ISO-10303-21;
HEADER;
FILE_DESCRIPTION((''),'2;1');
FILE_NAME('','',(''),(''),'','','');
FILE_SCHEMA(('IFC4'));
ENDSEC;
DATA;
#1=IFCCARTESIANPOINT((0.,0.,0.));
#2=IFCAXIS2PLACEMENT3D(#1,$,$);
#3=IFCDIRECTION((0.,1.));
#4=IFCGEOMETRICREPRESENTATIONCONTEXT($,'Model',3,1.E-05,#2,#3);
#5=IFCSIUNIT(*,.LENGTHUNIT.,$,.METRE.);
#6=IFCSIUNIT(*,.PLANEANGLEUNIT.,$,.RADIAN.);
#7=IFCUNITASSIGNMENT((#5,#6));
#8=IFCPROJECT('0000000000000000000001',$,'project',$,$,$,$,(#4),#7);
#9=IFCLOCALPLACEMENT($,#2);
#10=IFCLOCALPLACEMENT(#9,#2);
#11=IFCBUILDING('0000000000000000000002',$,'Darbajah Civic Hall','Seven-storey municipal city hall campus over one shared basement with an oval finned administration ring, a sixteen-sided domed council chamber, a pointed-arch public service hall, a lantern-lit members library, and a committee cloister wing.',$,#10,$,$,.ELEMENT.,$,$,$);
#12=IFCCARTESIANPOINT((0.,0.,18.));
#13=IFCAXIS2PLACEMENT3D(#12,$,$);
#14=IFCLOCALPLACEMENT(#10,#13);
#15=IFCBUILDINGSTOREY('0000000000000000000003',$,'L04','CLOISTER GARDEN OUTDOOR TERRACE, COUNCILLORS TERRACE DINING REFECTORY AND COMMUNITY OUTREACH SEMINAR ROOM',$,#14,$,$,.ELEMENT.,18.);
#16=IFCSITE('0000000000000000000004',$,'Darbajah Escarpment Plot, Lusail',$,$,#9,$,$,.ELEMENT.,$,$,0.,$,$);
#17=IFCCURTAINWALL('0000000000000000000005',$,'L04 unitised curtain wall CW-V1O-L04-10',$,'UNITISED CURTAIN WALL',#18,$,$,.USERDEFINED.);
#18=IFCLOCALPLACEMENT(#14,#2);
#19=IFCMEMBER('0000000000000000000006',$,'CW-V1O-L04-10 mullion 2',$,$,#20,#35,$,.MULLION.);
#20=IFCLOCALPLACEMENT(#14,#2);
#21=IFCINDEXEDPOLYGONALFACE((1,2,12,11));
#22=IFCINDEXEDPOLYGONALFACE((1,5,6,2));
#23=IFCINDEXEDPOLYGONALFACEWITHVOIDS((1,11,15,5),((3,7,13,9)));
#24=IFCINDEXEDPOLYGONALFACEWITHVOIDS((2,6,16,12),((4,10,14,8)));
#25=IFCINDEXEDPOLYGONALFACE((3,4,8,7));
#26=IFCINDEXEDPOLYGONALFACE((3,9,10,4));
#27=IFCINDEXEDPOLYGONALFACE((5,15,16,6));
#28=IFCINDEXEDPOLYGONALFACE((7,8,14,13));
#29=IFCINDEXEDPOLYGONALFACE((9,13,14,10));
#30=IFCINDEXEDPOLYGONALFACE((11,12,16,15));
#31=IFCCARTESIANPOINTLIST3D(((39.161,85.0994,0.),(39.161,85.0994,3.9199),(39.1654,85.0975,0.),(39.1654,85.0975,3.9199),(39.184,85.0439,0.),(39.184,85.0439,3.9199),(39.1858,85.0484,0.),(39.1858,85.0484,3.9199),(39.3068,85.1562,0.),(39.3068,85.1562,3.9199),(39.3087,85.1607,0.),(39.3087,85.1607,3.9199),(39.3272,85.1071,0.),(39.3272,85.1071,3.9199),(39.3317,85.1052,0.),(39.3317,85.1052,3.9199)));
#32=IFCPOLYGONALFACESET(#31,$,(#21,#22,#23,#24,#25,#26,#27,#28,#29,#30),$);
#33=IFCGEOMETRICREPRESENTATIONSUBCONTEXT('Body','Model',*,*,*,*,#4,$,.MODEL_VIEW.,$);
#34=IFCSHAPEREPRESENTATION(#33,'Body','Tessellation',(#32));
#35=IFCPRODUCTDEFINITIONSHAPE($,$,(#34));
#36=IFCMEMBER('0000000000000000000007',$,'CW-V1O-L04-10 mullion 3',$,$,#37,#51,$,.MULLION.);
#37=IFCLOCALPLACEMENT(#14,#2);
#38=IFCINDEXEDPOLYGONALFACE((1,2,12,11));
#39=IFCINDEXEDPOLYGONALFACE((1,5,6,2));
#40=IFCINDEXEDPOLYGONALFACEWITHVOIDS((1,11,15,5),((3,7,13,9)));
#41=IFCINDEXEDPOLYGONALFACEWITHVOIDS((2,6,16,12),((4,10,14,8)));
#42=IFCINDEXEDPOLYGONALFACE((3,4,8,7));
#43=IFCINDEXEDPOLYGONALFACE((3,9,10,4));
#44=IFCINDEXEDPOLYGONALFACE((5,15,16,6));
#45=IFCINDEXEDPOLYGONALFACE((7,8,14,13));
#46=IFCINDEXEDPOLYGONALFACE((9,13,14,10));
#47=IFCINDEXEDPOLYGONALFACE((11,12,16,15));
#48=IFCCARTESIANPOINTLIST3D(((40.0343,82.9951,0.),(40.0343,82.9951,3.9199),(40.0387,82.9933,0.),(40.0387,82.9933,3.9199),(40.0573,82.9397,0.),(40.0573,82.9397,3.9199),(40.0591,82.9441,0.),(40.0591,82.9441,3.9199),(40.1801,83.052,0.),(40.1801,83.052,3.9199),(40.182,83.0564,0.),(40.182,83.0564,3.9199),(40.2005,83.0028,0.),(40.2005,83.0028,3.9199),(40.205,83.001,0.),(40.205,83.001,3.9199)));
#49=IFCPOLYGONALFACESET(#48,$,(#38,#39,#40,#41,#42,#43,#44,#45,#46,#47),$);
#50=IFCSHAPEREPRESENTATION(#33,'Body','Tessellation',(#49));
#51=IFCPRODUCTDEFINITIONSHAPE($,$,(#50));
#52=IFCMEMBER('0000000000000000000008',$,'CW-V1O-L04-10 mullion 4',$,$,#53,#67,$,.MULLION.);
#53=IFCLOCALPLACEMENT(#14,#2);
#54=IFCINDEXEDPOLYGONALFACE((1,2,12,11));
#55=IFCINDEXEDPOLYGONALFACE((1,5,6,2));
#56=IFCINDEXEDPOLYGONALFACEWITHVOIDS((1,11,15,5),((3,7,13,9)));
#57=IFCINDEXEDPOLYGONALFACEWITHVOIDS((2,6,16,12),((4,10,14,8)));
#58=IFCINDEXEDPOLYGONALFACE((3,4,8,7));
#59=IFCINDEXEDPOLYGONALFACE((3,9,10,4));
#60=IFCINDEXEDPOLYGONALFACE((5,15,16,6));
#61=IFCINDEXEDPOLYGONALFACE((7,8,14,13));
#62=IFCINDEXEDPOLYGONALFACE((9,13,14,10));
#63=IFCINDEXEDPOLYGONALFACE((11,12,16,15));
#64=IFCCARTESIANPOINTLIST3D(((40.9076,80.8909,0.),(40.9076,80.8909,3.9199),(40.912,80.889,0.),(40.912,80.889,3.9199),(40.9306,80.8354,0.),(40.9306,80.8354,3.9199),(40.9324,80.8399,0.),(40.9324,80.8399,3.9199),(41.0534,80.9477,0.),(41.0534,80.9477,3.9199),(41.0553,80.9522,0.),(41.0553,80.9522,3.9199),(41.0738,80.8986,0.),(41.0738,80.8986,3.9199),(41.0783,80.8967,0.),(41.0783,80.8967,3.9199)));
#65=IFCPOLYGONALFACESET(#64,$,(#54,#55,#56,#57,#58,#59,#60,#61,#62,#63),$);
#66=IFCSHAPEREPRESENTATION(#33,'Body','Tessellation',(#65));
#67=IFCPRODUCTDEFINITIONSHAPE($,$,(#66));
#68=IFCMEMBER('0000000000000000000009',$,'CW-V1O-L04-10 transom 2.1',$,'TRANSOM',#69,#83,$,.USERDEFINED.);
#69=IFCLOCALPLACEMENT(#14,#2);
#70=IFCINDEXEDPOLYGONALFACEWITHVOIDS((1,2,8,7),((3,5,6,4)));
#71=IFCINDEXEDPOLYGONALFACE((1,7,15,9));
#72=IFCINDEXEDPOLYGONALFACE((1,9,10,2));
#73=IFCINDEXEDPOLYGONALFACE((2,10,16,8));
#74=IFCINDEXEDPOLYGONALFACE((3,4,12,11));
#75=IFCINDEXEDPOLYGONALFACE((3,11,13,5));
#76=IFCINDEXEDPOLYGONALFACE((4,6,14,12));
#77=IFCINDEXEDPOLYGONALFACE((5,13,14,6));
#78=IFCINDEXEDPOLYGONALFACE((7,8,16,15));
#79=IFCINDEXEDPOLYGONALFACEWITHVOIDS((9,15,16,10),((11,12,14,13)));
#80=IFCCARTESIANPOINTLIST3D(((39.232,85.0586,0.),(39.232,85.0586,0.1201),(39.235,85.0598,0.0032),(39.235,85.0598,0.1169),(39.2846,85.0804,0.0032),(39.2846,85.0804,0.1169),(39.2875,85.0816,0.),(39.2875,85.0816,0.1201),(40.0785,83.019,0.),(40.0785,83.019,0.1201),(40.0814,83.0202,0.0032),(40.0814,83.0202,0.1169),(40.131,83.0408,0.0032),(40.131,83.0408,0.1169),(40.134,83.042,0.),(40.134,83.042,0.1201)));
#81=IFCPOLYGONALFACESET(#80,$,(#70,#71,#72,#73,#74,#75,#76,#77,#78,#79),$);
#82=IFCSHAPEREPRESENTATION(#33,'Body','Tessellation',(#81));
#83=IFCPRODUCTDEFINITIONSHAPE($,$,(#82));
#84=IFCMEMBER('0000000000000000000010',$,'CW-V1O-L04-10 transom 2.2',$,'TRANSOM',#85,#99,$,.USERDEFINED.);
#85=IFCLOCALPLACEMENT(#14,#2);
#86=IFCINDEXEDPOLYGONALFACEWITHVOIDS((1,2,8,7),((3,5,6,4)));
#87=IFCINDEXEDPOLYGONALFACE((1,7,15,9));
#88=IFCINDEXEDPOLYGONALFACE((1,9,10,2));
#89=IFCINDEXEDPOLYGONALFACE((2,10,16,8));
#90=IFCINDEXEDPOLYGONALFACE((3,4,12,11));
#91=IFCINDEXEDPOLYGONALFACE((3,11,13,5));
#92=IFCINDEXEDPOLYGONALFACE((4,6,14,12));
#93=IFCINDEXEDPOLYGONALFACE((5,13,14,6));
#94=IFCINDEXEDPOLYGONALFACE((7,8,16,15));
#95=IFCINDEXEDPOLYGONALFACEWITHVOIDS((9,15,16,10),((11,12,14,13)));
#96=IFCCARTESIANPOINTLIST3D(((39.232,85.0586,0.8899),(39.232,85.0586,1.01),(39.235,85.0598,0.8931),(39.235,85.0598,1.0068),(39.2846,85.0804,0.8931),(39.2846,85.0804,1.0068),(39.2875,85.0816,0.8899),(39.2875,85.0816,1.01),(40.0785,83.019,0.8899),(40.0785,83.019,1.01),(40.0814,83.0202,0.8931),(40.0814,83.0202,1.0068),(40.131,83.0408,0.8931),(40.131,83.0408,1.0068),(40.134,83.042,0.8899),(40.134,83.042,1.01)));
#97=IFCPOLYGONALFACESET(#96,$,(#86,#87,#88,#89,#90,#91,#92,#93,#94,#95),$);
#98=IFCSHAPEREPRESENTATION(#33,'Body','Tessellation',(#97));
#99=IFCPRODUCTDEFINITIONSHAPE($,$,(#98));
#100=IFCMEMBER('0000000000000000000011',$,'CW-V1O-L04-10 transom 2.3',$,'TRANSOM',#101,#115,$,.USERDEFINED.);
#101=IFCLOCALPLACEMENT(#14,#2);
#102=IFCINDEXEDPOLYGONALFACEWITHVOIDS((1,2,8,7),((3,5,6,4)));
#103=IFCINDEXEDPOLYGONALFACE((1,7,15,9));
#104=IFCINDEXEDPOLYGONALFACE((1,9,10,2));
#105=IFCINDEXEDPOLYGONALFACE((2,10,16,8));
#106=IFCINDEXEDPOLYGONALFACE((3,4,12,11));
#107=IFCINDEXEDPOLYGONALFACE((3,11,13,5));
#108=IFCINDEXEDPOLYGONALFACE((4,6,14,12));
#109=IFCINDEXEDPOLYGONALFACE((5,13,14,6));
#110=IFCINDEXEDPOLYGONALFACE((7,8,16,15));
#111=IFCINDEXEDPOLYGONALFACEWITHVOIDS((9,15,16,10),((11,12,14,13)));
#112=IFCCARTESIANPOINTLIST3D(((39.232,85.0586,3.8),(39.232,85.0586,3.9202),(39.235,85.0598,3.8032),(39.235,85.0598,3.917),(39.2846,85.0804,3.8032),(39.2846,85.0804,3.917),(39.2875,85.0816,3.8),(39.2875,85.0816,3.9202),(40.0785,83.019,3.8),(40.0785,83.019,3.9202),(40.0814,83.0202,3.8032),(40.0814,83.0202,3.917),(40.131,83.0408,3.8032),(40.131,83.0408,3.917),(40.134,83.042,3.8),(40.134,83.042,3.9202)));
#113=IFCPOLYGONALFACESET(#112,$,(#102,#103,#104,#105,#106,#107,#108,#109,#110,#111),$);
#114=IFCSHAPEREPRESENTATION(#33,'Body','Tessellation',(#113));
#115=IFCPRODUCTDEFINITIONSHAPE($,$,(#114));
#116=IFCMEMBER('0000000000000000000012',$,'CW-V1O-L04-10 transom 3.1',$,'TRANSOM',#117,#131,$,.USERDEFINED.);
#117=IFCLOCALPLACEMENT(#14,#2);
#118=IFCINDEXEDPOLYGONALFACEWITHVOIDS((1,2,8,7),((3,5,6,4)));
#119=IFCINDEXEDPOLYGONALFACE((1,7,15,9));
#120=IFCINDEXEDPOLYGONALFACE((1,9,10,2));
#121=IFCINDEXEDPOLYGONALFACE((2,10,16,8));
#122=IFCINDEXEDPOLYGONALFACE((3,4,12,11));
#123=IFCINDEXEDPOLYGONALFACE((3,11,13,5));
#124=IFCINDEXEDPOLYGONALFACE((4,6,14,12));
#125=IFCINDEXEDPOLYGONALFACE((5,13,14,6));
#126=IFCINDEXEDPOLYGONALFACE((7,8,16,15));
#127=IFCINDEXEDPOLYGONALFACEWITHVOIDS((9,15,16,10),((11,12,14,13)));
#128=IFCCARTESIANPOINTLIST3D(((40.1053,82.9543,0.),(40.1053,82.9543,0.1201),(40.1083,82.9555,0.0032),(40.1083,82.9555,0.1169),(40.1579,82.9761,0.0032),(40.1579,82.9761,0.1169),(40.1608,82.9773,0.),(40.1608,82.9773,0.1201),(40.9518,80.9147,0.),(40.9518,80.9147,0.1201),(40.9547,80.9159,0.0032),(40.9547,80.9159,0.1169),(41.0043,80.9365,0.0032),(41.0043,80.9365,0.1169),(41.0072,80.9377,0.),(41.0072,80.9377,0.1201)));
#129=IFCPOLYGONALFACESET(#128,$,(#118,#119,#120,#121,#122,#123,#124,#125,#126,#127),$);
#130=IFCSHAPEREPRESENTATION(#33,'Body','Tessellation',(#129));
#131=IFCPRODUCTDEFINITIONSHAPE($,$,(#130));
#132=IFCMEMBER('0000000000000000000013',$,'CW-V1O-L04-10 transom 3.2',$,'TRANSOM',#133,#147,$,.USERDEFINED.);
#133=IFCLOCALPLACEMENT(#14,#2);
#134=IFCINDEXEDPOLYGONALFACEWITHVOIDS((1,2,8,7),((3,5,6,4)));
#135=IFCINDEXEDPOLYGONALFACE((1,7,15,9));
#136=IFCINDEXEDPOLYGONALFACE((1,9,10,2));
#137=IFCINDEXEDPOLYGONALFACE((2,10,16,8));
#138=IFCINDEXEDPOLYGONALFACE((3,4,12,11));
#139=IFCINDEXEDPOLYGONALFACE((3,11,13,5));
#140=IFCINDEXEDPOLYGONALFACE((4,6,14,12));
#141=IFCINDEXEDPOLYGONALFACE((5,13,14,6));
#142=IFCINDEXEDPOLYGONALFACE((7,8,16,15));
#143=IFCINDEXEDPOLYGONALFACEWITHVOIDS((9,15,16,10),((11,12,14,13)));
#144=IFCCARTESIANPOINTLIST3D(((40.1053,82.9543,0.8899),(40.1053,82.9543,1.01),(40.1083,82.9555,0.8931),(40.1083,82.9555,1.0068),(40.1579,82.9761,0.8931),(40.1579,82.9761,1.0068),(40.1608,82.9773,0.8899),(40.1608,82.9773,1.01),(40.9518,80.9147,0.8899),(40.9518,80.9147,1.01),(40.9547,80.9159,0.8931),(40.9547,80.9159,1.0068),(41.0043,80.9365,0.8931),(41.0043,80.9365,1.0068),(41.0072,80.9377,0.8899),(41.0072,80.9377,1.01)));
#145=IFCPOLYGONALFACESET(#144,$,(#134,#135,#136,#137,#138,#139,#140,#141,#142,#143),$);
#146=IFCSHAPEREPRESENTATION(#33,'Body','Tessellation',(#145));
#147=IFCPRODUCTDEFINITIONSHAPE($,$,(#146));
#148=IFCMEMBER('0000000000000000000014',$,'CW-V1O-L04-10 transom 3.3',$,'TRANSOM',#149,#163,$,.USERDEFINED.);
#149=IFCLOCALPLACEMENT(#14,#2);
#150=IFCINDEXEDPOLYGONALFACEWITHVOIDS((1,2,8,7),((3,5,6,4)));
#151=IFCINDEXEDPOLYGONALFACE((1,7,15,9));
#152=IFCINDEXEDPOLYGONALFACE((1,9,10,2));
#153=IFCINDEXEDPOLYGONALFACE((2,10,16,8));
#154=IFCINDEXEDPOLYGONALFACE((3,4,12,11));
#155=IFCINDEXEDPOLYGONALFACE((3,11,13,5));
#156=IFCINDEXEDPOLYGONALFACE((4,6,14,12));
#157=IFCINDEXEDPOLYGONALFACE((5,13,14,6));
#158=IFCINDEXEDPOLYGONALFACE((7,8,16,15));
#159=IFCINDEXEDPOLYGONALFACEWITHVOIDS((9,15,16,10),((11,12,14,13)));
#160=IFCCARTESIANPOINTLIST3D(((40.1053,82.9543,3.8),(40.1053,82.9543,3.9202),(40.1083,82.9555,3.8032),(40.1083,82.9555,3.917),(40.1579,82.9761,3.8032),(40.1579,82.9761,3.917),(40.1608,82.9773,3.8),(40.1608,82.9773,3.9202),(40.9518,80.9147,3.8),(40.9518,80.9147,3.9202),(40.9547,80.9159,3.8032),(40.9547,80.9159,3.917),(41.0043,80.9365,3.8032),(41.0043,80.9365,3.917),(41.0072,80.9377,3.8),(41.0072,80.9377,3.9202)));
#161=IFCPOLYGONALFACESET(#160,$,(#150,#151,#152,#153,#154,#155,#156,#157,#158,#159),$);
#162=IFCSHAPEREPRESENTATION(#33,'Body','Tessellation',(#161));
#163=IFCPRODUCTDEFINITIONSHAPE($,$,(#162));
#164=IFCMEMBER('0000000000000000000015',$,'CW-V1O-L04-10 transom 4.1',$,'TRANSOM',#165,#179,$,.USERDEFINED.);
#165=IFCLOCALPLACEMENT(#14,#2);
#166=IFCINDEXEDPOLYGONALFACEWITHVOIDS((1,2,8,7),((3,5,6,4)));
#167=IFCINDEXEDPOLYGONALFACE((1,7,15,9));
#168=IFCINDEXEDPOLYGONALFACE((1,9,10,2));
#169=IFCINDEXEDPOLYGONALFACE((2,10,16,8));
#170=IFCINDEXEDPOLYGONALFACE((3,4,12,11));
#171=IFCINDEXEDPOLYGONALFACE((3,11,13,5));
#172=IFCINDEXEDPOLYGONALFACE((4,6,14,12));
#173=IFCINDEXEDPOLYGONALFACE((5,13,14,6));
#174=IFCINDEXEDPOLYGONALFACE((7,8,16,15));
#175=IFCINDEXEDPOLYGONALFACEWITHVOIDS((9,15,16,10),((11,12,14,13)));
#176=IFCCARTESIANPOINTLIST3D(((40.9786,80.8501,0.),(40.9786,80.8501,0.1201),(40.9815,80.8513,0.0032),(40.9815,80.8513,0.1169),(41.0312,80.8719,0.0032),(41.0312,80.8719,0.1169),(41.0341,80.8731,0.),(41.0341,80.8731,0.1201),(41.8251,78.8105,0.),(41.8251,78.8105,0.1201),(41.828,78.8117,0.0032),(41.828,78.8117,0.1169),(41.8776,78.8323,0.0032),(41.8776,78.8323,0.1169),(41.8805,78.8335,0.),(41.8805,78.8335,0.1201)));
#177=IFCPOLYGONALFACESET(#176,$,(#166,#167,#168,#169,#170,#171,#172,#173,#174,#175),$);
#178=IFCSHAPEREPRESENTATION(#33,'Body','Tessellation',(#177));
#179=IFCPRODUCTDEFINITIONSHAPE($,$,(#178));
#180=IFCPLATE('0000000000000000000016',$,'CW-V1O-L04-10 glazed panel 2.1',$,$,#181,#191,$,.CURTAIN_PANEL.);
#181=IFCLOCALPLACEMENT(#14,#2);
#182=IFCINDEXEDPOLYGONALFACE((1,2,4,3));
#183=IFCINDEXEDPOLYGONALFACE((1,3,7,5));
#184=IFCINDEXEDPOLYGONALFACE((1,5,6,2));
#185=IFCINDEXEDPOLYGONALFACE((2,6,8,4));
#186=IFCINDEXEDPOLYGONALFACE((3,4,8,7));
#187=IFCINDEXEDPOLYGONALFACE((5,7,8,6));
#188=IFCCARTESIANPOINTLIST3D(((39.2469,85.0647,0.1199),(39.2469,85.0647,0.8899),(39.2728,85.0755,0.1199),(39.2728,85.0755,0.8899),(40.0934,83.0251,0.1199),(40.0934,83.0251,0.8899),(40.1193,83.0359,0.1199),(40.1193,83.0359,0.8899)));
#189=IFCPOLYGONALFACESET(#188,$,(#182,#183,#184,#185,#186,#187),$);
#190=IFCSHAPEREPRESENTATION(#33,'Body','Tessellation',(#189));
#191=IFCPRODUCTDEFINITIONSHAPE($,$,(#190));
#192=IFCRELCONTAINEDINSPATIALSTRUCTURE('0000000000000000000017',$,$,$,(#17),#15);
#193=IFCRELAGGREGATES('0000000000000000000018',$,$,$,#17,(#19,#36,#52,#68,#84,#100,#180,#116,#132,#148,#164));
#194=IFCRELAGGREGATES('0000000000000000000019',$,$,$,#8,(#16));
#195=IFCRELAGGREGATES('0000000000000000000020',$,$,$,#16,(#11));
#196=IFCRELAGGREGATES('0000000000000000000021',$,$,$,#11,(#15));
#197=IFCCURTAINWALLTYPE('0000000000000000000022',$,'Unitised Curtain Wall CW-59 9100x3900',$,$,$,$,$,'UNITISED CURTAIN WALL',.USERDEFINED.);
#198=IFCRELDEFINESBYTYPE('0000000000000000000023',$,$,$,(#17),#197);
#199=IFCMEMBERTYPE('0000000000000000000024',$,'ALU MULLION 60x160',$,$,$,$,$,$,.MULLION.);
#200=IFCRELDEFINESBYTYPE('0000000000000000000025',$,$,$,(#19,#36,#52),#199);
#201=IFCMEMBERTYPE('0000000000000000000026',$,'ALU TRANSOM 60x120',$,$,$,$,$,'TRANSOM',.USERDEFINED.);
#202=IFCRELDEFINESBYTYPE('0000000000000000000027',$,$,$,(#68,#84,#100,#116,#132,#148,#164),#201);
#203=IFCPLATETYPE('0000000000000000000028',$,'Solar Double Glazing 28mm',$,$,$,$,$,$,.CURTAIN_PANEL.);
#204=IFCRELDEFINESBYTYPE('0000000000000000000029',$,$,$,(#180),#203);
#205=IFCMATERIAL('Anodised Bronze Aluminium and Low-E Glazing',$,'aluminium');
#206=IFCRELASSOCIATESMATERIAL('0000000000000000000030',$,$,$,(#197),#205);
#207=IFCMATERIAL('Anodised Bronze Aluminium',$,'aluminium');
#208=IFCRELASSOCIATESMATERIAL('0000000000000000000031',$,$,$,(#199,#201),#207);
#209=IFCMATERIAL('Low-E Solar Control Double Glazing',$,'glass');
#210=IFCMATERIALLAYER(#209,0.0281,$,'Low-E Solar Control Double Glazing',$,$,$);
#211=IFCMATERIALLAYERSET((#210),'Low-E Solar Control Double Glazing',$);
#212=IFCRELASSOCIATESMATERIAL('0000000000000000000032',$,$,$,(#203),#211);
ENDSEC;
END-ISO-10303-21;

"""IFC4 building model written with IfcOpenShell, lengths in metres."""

from ifc_helpers import new_model, si_unit, direction, frame, origin, origin_2d, place, context, subcontext, project, spatial, rectangle, hollow_rectangle, extrude, material, layer, layer_set, material_profile, profile_set, type_object, element, aggregate, save


model = new_model("IFC4")

# Units and contexts
model_context = context("Model", 3, precision=1e-05, world=origin(), true_north=direction((0.0, 1.0)))
body_context = subcontext(model_context, "Body", "Model", "MODEL_VIEW")
ifc_project = project(units=[si_unit("LENGTHUNIT", "METRE"), si_unit("PLANEANGLEUNIT", "RADIAN")], contexts=[model_context])

# Site, building, storey
site_placement = place(None, origin())
site = spatial("IfcSite", under=ifc_project, at=site_placement, Name="Darbajah Escarpment Plot, Lusail", CompositionType="ELEMENT", RefElevation=0.0)
building_placement = place(site_placement, origin())
building = spatial("IfcBuilding", under=site, at=building_placement, Name="Darbajah Civic Hall", Description="Seven-storey municipal city hall campus over one shared basement with an oval finned administration ring, a sixteen-sided domed council chamber, a pointed-arch public service hall, a lantern-lit members library, and a committee cloister wing.", CompositionType="ELEMENT")
storey_placement = place(building_placement, frame((0.0, 0.0, 18.0)))
storey = spatial("IfcBuildingStorey", under=building, at=storey_placement, Name="L04", Description="CLOISTER GARDEN OUTDOOR TERRACE, COUNCILLORS TERRACE DINING REFECTORY AND COMMUNITY OUTREACH SEMINAR ROOM", CompositionType="ELEMENT", Elevation=18.0)

# Curtain wall, members, plate
ifc_material_1 = material(Name="Anodised Bronze Aluminium and Low-E Glazing", Category="aluminium")
curtain_wall_type = type_object("IfcCurtainWallType", Name="Unitised Curtain Wall CW-59 9100x3900", ElementType="UNITISED CURTAIN WALL", PredefinedType="USERDEFINED", material=ifc_material_1)
curtain_wall_placement = place(storey_placement, origin())
curtain_wall = element("IfcCurtainWall", 1, at=curtain_wall_placement, inside=storey, type_object=curtain_wall_type, Name="L04 unitised curtain wall CW-V1O-L04-10", ObjectType="UNITISED CURTAIN WALL", PredefinedType="USERDEFINED")
ifc_material_2 = material(Name="Anodised Bronze Aluminium", Category="aluminium")
ifc_material_profile_1 = material_profile(ifc_material_2, hollow_rectangle(XDim=0.0601, YDim=0.1599, WallThickness=0.0034, at=origin_2d()), Name="ALU MULLION 60x160")
ifc_profile_set_1 = profile_set([ifc_material_profile_1], Name="Anodised Bronze Aluminium")
member_type_1 = type_object("IfcMemberType", Name="ALU MULLION 60x160", PredefinedType="MULLION", material=ifc_profile_set_1)
member_1_placement = place(storey_placement, frame((39.2463, 85.1023, 0.0), z_axis=(0.0, 0.0, 1.0), x_axis=(0.383328, -0.923612, 0.0)))
member_1 = element("IfcMember", 2, at=member_1_placement, type_object=member_type_1, Name="CW-V1O-L04-10 mullion 2", PredefinedType="MULLION", context=body_context, shape_type="SweptSolid", body=[
    extrude(hollow_rectangle(XDim=0.0601, YDim=0.1599, WallThickness=0.0034, at=origin_2d()), origin(), (0.0, 0.0, 1.0), 3.9199),
])
member_2_placement = place(storey_placement, frame((40.1196, 82.998, 0.0), z_axis=(0.0, 0.0, 1.0), x_axis=(0.383328, -0.923612, 0.0)))
member_2 = element("IfcMember", 3, at=member_2_placement, type_object=member_type_1, Name="CW-V1O-L04-10 mullion 3", PredefinedType="MULLION", context=body_context, shape_type="SweptSolid", body=[
    extrude(hollow_rectangle(XDim=0.0601, YDim=0.1599, WallThickness=0.0034, at=origin_2d()), origin(), (0.0, 0.0, 1.0), 3.9199),
])
member_3_placement = place(storey_placement, frame((40.9929, 80.8938, 0.0), z_axis=(0.0, 0.0, 1.0), x_axis=(0.383328, -0.923612, 0.0)))
member_3 = element("IfcMember", 4, at=member_3_placement, type_object=member_type_1, Name="CW-V1O-L04-10 mullion 4", PredefinedType="MULLION", context=body_context, shape_type="SweptSolid", body=[
    extrude(hollow_rectangle(XDim=0.0601, YDim=0.1599, WallThickness=0.0034, at=origin_2d()), origin(), (0.0, 0.0, 1.0), 3.9199),
])
ifc_material_profile_2 = material_profile(ifc_material_2, hollow_rectangle(XDim=0.0601, YDim=0.1201, WallThickness=0.0032, at=origin_2d()), Name="ALU TRANSOM 60x120")
ifc_profile_set_2 = profile_set([ifc_material_profile_2], Name="Anodised Bronze Aluminium")
member_type_2 = type_object("IfcMemberType", Name="ALU TRANSOM 60x120", ElementType="TRANSOM", PredefinedType="USERDEFINED", material=ifc_profile_set_2)
member_4_placement = place(storey_placement, frame((39.2598, 85.0701, 0.0601), z_axis=(0.383312, -0.923619, 0.0), x_axis=(0.923619, 0.383312, 0.0)))
member_4 = element("IfcMember", 5, at=member_4_placement, type_object=member_type_2, Name="CW-V1O-L04-10 transom 2.1", ObjectType="TRANSOM", PredefinedType="USERDEFINED", context=body_context, shape_type="SweptSolid", body=[
    extrude(hollow_rectangle(XDim=0.0601, YDim=0.1201, WallThickness=0.0032, at=origin_2d()), origin(), (0.0, 0.0, 1.0), 2.2083),
])
member_5_placement = place(storey_placement, frame((39.2598, 85.0701, 0.95), z_axis=(0.383312, -0.923619, 0.0), x_axis=(0.923619, 0.383312, 0.0)))
member_5 = element("IfcMember", 6, at=member_5_placement, type_object=member_type_2, Name="CW-V1O-L04-10 transom 2.2", ObjectType="TRANSOM", PredefinedType="USERDEFINED", context=body_context, shape_type="SweptSolid", body=[
    extrude(hollow_rectangle(XDim=0.0601, YDim=0.1201, WallThickness=0.0032, at=origin_2d()), origin(), (0.0, 0.0, 1.0), 2.2083),
])
member_6_placement = place(storey_placement, frame((39.2598, 85.0701, 3.8601), z_axis=(0.383312, -0.923619, 0.0), x_axis=(0.923619, 0.383312, 0.0)))
member_6 = element("IfcMember", 7, at=member_6_placement, type_object=member_type_2, Name="CW-V1O-L04-10 transom 2.3", ObjectType="TRANSOM", PredefinedType="USERDEFINED", context=body_context, shape_type="SweptSolid", body=[
    extrude(hollow_rectangle(XDim=0.0601, YDim=0.1201, WallThickness=0.0032, at=origin_2d()), origin(), (0.0, 0.0, 1.0), 2.2083),
])
member_7_placement = place(storey_placement, frame((40.1331, 82.9658, 0.0601), z_axis=(0.383312, -0.923619, 0.0), x_axis=(0.923619, 0.383312, 0.0)))
member_7 = element("IfcMember", 8, at=member_7_placement, type_object=member_type_2, Name="CW-V1O-L04-10 transom 3.1", ObjectType="TRANSOM", PredefinedType="USERDEFINED", context=body_context, shape_type="SweptSolid", body=[
    extrude(hollow_rectangle(XDim=0.0601, YDim=0.1201, WallThickness=0.0032, at=origin_2d()), origin(), (0.0, 0.0, 1.0), 2.2083),
])
member_8_placement = place(storey_placement, frame((40.1331, 82.9658, 0.95), z_axis=(0.383312, -0.923619, 0.0), x_axis=(0.923619, 0.383312, 0.0)))
member_8 = element("IfcMember", 9, at=member_8_placement, type_object=member_type_2, Name="CW-V1O-L04-10 transom 3.2", ObjectType="TRANSOM", PredefinedType="USERDEFINED", context=body_context, shape_type="SweptSolid", body=[
    extrude(hollow_rectangle(XDim=0.0601, YDim=0.1201, WallThickness=0.0032, at=origin_2d()), origin(), (0.0, 0.0, 1.0), 2.2083),
])
member_9_placement = place(storey_placement, frame((40.1331, 82.9658, 3.8601), z_axis=(0.383312, -0.923619, 0.0), x_axis=(0.923619, 0.383312, 0.0)))
member_9 = element("IfcMember", 10, at=member_9_placement, type_object=member_type_2, Name="CW-V1O-L04-10 transom 3.3", ObjectType="TRANSOM", PredefinedType="USERDEFINED", context=body_context, shape_type="SweptSolid", body=[
    extrude(hollow_rectangle(XDim=0.0601, YDim=0.1201, WallThickness=0.0032, at=origin_2d()), origin(), (0.0, 0.0, 1.0), 2.2083),
])
member_10_placement = place(storey_placement, frame((41.0063, 80.8616, 0.0601), z_axis=(0.383312, -0.923619, 0.0), x_axis=(0.923619, 0.383312, 0.0)))
member_10 = element("IfcMember", 11, at=member_10_placement, type_object=member_type_2, Name="CW-V1O-L04-10 transom 4.1", ObjectType="TRANSOM", PredefinedType="USERDEFINED", context=body_context, shape_type="SweptSolid", body=[
    extrude(hollow_rectangle(XDim=0.0601, YDim=0.1201, WallThickness=0.0032, at=origin_2d()), origin(), (0.0, 0.0, 1.0), 2.2083),
])
ifc_material_3 = material(Name="Low-E Solar Control Double Glazing", Category="glass")
ifc_layer = layer(ifc_material_3, 0.0281, Name="Low-E Solar Control Double Glazing")
ifc_layer_set = layer_set([ifc_layer], Name="Low-E Solar Control Double Glazing")
plate_type = type_object("IfcPlateType", Name="Solar Double Glazing 28mm", PredefinedType="CURTAIN_PANEL", material=ifc_layer_set)
plate_1_placement = place(storey_placement, frame((39.6831, 84.0503, 0.1199), z_axis=(0.0, 0.0, 1.0), x_axis=(0.383328, -0.923612, 0.0)))
plate_1 = element("IfcPlate", 12, at=plate_1_placement, type_object=plate_type, Name="CW-V1O-L04-10 glazed panel 2.1", PredefinedType="CURTAIN_PANEL", context=body_context, shape_type="SweptSolid", body=[
    extrude(rectangle(XDim=2.2083, YDim=0.0281, at=origin_2d()), origin(), (0.0, 0.0, 1.0), 0.77),
])
aggregate(curtain_wall, [member_1, member_2, member_3, member_4, member_5, member_6, plate_1, member_7, member_8, member_9, member_10])

save(model, "model.ifc")
